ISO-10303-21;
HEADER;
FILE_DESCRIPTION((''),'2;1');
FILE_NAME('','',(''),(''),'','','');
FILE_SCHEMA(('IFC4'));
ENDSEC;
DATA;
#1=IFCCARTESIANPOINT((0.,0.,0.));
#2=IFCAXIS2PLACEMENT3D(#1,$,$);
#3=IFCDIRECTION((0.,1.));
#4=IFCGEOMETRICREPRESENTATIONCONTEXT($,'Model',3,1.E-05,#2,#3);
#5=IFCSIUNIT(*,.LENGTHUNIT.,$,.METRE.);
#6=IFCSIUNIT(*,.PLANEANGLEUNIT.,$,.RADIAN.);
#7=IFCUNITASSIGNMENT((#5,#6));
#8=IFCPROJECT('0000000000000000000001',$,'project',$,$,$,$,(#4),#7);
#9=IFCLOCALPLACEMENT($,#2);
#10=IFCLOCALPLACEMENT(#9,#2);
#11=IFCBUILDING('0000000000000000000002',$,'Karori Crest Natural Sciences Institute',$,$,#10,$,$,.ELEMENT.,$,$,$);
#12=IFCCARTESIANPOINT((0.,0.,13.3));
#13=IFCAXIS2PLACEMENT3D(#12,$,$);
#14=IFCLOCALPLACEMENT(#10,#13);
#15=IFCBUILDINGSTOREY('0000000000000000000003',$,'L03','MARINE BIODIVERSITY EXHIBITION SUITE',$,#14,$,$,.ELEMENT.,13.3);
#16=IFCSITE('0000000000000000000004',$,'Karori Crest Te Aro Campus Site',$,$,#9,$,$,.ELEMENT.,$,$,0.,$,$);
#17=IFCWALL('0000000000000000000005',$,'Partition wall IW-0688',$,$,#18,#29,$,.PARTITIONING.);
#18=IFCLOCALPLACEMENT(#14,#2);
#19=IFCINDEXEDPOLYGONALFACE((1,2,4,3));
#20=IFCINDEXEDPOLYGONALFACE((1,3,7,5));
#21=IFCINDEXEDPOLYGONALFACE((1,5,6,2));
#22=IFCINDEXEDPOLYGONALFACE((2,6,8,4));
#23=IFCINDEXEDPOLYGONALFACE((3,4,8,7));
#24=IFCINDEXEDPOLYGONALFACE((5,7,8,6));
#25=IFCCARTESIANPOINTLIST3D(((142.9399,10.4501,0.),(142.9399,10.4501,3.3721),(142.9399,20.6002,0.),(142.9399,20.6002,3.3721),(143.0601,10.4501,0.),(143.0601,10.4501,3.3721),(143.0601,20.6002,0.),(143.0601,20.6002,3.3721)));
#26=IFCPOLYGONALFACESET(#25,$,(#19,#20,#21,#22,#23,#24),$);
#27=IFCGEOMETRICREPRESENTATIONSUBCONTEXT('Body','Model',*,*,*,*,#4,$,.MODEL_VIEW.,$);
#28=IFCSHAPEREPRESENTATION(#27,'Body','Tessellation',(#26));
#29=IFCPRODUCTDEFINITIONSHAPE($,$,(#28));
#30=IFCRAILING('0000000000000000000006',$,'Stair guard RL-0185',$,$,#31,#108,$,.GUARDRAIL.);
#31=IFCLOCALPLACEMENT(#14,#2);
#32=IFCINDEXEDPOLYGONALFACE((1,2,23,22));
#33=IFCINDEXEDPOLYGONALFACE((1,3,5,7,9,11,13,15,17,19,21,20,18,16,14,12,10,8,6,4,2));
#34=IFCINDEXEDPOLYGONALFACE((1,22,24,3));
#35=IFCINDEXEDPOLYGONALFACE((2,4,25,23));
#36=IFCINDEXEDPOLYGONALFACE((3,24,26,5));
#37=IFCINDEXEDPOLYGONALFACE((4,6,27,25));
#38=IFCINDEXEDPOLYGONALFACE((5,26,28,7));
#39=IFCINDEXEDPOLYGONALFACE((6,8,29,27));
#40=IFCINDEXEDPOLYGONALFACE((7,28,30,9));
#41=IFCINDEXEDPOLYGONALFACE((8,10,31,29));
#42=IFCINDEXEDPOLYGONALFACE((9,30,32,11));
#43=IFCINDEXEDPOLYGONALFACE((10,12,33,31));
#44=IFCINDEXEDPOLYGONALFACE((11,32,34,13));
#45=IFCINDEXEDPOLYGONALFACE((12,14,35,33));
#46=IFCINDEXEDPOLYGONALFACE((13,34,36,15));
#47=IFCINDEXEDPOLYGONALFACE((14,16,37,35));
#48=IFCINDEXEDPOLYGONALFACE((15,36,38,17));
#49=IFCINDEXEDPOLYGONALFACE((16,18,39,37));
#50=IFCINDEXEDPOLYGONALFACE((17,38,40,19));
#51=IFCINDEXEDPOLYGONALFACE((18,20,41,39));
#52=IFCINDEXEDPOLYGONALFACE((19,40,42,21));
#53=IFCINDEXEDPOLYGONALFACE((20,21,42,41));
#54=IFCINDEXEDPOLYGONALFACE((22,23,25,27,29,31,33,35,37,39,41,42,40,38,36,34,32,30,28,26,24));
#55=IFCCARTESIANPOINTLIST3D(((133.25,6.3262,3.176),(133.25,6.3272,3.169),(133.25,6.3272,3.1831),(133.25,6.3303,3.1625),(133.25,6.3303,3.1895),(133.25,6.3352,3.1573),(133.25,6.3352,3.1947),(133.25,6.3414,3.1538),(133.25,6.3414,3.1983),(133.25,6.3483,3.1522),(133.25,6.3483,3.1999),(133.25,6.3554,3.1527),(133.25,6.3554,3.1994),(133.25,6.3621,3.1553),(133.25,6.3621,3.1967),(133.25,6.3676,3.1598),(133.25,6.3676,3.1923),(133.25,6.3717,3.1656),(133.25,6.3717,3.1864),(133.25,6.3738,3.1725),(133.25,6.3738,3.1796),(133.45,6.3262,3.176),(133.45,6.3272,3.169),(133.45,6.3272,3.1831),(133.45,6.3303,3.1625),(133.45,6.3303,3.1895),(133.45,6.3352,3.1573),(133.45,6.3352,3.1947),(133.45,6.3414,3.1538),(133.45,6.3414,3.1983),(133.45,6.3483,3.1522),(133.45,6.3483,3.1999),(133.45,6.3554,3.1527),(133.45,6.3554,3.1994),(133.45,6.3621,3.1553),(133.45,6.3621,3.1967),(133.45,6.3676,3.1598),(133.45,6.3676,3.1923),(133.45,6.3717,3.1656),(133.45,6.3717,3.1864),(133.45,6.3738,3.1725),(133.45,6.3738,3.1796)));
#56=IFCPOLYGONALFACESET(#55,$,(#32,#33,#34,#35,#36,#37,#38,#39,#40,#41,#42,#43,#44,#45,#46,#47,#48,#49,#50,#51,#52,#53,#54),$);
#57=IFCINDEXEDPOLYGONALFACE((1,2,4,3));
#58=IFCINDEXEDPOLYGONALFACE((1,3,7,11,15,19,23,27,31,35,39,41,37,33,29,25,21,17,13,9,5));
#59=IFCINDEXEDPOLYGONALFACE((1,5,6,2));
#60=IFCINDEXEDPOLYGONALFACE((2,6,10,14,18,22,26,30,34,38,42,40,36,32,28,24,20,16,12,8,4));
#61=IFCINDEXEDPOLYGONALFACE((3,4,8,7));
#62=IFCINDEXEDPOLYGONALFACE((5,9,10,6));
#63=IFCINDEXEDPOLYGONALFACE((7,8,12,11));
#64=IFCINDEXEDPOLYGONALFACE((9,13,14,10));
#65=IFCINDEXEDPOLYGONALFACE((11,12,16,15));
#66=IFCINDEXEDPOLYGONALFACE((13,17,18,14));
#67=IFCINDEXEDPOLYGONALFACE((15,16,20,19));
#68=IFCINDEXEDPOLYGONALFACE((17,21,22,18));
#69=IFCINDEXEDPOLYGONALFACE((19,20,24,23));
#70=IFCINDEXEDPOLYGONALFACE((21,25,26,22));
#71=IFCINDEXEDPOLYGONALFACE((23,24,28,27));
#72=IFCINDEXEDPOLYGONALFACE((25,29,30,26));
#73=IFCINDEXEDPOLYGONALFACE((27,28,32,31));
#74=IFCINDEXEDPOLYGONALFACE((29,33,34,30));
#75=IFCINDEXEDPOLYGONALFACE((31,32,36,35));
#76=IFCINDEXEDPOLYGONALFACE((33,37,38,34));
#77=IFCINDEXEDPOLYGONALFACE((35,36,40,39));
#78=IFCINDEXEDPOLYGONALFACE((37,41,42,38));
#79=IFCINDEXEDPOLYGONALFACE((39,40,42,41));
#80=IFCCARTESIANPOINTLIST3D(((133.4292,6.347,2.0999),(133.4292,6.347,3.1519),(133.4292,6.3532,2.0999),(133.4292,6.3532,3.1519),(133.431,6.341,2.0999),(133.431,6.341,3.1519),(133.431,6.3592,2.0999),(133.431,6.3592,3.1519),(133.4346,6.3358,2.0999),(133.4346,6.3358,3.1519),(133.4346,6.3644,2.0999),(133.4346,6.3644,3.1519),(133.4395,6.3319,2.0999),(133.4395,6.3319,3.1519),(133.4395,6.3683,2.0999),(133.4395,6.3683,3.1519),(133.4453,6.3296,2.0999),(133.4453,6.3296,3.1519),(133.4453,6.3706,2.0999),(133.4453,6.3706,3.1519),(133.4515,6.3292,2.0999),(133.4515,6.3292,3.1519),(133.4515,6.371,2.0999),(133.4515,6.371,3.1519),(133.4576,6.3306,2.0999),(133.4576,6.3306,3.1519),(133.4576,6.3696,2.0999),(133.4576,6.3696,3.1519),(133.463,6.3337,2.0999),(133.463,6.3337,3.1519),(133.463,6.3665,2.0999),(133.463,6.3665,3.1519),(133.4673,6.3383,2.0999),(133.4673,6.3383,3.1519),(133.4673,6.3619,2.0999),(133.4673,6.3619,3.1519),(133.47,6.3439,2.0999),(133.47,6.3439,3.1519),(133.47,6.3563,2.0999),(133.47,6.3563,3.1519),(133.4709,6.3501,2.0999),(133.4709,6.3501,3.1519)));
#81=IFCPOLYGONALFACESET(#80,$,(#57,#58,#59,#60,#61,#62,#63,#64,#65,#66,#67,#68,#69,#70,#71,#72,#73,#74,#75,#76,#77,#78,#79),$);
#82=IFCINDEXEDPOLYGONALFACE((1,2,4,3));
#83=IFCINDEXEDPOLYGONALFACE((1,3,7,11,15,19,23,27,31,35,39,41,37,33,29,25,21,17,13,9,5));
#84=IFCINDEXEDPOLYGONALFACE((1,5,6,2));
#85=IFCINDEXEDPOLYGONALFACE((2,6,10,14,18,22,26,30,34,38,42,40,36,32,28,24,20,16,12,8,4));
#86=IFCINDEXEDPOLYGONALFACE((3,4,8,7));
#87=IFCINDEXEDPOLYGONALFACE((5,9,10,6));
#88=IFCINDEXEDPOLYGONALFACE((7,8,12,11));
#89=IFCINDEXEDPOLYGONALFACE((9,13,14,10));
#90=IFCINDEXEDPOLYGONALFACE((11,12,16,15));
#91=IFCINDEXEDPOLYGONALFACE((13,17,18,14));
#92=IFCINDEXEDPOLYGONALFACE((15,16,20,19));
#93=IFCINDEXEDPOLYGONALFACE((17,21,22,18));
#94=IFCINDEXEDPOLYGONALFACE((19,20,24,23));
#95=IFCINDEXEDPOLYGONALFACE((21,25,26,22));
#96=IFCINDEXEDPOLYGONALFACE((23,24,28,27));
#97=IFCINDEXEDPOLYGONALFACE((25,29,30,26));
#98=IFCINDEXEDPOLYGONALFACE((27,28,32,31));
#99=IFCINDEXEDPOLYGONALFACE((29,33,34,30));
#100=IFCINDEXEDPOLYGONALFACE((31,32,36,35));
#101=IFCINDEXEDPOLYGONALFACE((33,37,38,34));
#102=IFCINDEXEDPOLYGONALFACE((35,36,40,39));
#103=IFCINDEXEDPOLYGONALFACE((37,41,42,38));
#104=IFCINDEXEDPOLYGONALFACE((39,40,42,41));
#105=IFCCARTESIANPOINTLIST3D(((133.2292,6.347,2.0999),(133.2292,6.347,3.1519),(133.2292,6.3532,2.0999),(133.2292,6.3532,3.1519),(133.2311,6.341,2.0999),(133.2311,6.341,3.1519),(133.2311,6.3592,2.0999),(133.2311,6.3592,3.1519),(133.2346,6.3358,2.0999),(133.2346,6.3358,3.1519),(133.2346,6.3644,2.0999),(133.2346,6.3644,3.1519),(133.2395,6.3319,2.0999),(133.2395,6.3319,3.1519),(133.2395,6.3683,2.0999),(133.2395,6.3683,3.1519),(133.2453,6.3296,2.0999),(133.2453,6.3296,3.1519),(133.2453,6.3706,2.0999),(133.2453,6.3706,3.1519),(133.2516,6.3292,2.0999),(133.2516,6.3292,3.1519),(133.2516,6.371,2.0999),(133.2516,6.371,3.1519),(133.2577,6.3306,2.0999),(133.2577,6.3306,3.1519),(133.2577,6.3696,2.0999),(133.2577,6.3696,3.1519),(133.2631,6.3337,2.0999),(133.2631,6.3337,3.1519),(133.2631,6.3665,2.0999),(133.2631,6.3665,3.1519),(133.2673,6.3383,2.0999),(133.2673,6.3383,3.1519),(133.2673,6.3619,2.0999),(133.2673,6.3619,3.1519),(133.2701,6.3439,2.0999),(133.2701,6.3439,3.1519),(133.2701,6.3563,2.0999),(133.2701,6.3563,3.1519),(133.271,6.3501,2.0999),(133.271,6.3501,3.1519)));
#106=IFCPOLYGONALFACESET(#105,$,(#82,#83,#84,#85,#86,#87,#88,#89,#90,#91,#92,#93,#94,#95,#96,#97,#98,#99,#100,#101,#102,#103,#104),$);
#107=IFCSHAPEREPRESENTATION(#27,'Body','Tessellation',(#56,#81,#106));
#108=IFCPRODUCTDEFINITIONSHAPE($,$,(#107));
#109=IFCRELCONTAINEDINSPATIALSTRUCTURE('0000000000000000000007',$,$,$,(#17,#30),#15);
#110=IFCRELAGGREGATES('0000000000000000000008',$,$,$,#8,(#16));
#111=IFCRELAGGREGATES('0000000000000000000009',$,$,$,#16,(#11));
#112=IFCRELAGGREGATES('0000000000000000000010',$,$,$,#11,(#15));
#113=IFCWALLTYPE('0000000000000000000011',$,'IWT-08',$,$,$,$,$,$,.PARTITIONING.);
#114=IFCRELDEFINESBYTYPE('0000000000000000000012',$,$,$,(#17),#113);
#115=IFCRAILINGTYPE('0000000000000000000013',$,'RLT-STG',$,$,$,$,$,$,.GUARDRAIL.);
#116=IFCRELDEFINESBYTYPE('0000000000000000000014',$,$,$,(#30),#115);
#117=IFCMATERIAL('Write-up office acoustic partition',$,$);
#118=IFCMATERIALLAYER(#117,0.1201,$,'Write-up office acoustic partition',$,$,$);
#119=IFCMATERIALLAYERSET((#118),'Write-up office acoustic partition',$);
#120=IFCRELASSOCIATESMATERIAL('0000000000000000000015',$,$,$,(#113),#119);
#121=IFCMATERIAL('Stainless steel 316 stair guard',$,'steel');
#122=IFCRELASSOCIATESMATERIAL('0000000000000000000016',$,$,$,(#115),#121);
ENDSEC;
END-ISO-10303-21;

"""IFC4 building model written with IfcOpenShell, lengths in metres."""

from ifc_helpers import new_model, si_unit, direction, frame, frame_2d, origin, origin_2d, place, context, subcontext, project, spatial, rectangle, circle, extrude, material, layer, layer_set, type_object, element, save


model = new_model("IFC4")

# Units and contexts
model_context = context("Model", 3, precision=1e-05, world=origin(), true_north=direction((0.0, 1.0)))
body_context = subcontext(model_context, "Body", "Model", "MODEL_VIEW")
ifc_project = project(units=[si_unit("LENGTHUNIT", "METRE"), si_unit("PLANEANGLEUNIT", "RADIAN")], contexts=[model_context])

# Site, building, storey
site_placement = place(None, origin())
site = spatial("IfcSite", under=ifc_project, at=site_placement, Name="Karori Crest Te Aro Campus Site", CompositionType="ELEMENT", RefElevation=0.0)
building_placement = place(site_placement, origin())
building = spatial("IfcBuilding", under=site, at=building_placement, Name="Karori Crest Natural Sciences Institute", CompositionType="ELEMENT")
storey_placement = place(building_placement, frame((0.0, 0.0, 13.3)))
storey = spatial("IfcBuildingStorey", under=building, at=storey_placement, Name="L03", Description="MARINE BIODIVERSITY EXHIBITION SUITE", CompositionType="ELEMENT", Elevation=13.3)

# Shared definitions
ifc_material_1 = material(Name="Write-up office acoustic partition")
ifc_layer_1 = layer(ifc_material_1, 0.1201, Name="Write-up office acoustic partition")
ifc_layer_set_1 = layer_set([ifc_layer_1], Name="Write-up office acoustic partition")
wall_type_1 = type_object("IfcWallType", Name="IWT-08", PredefinedType="PARTITIONING", material=ifc_layer_set_1)

# Wall
wall_1_placement = place(storey_placement, frame((143.0, 10.45, 0.0), z_axis=(0.0, 0.0, 1.0), x_axis=(0.0, 1.0, 0.0)))
element("IfcWall", 1, at=wall_1_placement, inside=storey, type_object=wall_type_1, Name="Partition wall IW-0688", PredefinedType="PARTITIONING", context=body_context, shape_type="SweptSolid", body=[
    extrude(rectangle(XDim=10.1501, YDim=0.1201, at=frame_2d((5.0752, 0.0))), origin(), (0.0, 0.0, 1.0), 3.3721),
])

# Railing
ifc_material_2 = material(Name="Stainless steel 316 stair guard", Category="steel")
railing_type = type_object("IfcRailingType", Name="RLT-STG", PredefinedType="GUARDRAIL", material=ifc_material_2)
railing_1_placement = place(storey_placement, frame((133.45, 6.3501, 2.0999)))
element("IfcRailing", 2, at=railing_1_placement, inside=storey, type_object=railing_type, Name="Stair guard RL-0185", PredefinedType="GUARDRAIL", context=body_context, shape_type="SweptSolid", body=[
    extrude(circle(Radius=0.0239, at=origin_2d()), frame((0.0, 0.0, 1.0762), z_axis=(-1.0, 0.0, 0.0), x_axis=(0.0, -1.0, 0.0)), (0.0, 0.0, 1.0), 0.2),
    extrude(circle(Radius=0.021, at=origin_2d()), origin(), (0.0, 0.0, 1.0), 1.052),
    extrude(circle(Radius=0.021, at=origin_2d()), frame((-0.2, 0.0, 0.0)), (0.0, 0.0, 1.0), 1.052),
])

save(model, "model.ifc")
